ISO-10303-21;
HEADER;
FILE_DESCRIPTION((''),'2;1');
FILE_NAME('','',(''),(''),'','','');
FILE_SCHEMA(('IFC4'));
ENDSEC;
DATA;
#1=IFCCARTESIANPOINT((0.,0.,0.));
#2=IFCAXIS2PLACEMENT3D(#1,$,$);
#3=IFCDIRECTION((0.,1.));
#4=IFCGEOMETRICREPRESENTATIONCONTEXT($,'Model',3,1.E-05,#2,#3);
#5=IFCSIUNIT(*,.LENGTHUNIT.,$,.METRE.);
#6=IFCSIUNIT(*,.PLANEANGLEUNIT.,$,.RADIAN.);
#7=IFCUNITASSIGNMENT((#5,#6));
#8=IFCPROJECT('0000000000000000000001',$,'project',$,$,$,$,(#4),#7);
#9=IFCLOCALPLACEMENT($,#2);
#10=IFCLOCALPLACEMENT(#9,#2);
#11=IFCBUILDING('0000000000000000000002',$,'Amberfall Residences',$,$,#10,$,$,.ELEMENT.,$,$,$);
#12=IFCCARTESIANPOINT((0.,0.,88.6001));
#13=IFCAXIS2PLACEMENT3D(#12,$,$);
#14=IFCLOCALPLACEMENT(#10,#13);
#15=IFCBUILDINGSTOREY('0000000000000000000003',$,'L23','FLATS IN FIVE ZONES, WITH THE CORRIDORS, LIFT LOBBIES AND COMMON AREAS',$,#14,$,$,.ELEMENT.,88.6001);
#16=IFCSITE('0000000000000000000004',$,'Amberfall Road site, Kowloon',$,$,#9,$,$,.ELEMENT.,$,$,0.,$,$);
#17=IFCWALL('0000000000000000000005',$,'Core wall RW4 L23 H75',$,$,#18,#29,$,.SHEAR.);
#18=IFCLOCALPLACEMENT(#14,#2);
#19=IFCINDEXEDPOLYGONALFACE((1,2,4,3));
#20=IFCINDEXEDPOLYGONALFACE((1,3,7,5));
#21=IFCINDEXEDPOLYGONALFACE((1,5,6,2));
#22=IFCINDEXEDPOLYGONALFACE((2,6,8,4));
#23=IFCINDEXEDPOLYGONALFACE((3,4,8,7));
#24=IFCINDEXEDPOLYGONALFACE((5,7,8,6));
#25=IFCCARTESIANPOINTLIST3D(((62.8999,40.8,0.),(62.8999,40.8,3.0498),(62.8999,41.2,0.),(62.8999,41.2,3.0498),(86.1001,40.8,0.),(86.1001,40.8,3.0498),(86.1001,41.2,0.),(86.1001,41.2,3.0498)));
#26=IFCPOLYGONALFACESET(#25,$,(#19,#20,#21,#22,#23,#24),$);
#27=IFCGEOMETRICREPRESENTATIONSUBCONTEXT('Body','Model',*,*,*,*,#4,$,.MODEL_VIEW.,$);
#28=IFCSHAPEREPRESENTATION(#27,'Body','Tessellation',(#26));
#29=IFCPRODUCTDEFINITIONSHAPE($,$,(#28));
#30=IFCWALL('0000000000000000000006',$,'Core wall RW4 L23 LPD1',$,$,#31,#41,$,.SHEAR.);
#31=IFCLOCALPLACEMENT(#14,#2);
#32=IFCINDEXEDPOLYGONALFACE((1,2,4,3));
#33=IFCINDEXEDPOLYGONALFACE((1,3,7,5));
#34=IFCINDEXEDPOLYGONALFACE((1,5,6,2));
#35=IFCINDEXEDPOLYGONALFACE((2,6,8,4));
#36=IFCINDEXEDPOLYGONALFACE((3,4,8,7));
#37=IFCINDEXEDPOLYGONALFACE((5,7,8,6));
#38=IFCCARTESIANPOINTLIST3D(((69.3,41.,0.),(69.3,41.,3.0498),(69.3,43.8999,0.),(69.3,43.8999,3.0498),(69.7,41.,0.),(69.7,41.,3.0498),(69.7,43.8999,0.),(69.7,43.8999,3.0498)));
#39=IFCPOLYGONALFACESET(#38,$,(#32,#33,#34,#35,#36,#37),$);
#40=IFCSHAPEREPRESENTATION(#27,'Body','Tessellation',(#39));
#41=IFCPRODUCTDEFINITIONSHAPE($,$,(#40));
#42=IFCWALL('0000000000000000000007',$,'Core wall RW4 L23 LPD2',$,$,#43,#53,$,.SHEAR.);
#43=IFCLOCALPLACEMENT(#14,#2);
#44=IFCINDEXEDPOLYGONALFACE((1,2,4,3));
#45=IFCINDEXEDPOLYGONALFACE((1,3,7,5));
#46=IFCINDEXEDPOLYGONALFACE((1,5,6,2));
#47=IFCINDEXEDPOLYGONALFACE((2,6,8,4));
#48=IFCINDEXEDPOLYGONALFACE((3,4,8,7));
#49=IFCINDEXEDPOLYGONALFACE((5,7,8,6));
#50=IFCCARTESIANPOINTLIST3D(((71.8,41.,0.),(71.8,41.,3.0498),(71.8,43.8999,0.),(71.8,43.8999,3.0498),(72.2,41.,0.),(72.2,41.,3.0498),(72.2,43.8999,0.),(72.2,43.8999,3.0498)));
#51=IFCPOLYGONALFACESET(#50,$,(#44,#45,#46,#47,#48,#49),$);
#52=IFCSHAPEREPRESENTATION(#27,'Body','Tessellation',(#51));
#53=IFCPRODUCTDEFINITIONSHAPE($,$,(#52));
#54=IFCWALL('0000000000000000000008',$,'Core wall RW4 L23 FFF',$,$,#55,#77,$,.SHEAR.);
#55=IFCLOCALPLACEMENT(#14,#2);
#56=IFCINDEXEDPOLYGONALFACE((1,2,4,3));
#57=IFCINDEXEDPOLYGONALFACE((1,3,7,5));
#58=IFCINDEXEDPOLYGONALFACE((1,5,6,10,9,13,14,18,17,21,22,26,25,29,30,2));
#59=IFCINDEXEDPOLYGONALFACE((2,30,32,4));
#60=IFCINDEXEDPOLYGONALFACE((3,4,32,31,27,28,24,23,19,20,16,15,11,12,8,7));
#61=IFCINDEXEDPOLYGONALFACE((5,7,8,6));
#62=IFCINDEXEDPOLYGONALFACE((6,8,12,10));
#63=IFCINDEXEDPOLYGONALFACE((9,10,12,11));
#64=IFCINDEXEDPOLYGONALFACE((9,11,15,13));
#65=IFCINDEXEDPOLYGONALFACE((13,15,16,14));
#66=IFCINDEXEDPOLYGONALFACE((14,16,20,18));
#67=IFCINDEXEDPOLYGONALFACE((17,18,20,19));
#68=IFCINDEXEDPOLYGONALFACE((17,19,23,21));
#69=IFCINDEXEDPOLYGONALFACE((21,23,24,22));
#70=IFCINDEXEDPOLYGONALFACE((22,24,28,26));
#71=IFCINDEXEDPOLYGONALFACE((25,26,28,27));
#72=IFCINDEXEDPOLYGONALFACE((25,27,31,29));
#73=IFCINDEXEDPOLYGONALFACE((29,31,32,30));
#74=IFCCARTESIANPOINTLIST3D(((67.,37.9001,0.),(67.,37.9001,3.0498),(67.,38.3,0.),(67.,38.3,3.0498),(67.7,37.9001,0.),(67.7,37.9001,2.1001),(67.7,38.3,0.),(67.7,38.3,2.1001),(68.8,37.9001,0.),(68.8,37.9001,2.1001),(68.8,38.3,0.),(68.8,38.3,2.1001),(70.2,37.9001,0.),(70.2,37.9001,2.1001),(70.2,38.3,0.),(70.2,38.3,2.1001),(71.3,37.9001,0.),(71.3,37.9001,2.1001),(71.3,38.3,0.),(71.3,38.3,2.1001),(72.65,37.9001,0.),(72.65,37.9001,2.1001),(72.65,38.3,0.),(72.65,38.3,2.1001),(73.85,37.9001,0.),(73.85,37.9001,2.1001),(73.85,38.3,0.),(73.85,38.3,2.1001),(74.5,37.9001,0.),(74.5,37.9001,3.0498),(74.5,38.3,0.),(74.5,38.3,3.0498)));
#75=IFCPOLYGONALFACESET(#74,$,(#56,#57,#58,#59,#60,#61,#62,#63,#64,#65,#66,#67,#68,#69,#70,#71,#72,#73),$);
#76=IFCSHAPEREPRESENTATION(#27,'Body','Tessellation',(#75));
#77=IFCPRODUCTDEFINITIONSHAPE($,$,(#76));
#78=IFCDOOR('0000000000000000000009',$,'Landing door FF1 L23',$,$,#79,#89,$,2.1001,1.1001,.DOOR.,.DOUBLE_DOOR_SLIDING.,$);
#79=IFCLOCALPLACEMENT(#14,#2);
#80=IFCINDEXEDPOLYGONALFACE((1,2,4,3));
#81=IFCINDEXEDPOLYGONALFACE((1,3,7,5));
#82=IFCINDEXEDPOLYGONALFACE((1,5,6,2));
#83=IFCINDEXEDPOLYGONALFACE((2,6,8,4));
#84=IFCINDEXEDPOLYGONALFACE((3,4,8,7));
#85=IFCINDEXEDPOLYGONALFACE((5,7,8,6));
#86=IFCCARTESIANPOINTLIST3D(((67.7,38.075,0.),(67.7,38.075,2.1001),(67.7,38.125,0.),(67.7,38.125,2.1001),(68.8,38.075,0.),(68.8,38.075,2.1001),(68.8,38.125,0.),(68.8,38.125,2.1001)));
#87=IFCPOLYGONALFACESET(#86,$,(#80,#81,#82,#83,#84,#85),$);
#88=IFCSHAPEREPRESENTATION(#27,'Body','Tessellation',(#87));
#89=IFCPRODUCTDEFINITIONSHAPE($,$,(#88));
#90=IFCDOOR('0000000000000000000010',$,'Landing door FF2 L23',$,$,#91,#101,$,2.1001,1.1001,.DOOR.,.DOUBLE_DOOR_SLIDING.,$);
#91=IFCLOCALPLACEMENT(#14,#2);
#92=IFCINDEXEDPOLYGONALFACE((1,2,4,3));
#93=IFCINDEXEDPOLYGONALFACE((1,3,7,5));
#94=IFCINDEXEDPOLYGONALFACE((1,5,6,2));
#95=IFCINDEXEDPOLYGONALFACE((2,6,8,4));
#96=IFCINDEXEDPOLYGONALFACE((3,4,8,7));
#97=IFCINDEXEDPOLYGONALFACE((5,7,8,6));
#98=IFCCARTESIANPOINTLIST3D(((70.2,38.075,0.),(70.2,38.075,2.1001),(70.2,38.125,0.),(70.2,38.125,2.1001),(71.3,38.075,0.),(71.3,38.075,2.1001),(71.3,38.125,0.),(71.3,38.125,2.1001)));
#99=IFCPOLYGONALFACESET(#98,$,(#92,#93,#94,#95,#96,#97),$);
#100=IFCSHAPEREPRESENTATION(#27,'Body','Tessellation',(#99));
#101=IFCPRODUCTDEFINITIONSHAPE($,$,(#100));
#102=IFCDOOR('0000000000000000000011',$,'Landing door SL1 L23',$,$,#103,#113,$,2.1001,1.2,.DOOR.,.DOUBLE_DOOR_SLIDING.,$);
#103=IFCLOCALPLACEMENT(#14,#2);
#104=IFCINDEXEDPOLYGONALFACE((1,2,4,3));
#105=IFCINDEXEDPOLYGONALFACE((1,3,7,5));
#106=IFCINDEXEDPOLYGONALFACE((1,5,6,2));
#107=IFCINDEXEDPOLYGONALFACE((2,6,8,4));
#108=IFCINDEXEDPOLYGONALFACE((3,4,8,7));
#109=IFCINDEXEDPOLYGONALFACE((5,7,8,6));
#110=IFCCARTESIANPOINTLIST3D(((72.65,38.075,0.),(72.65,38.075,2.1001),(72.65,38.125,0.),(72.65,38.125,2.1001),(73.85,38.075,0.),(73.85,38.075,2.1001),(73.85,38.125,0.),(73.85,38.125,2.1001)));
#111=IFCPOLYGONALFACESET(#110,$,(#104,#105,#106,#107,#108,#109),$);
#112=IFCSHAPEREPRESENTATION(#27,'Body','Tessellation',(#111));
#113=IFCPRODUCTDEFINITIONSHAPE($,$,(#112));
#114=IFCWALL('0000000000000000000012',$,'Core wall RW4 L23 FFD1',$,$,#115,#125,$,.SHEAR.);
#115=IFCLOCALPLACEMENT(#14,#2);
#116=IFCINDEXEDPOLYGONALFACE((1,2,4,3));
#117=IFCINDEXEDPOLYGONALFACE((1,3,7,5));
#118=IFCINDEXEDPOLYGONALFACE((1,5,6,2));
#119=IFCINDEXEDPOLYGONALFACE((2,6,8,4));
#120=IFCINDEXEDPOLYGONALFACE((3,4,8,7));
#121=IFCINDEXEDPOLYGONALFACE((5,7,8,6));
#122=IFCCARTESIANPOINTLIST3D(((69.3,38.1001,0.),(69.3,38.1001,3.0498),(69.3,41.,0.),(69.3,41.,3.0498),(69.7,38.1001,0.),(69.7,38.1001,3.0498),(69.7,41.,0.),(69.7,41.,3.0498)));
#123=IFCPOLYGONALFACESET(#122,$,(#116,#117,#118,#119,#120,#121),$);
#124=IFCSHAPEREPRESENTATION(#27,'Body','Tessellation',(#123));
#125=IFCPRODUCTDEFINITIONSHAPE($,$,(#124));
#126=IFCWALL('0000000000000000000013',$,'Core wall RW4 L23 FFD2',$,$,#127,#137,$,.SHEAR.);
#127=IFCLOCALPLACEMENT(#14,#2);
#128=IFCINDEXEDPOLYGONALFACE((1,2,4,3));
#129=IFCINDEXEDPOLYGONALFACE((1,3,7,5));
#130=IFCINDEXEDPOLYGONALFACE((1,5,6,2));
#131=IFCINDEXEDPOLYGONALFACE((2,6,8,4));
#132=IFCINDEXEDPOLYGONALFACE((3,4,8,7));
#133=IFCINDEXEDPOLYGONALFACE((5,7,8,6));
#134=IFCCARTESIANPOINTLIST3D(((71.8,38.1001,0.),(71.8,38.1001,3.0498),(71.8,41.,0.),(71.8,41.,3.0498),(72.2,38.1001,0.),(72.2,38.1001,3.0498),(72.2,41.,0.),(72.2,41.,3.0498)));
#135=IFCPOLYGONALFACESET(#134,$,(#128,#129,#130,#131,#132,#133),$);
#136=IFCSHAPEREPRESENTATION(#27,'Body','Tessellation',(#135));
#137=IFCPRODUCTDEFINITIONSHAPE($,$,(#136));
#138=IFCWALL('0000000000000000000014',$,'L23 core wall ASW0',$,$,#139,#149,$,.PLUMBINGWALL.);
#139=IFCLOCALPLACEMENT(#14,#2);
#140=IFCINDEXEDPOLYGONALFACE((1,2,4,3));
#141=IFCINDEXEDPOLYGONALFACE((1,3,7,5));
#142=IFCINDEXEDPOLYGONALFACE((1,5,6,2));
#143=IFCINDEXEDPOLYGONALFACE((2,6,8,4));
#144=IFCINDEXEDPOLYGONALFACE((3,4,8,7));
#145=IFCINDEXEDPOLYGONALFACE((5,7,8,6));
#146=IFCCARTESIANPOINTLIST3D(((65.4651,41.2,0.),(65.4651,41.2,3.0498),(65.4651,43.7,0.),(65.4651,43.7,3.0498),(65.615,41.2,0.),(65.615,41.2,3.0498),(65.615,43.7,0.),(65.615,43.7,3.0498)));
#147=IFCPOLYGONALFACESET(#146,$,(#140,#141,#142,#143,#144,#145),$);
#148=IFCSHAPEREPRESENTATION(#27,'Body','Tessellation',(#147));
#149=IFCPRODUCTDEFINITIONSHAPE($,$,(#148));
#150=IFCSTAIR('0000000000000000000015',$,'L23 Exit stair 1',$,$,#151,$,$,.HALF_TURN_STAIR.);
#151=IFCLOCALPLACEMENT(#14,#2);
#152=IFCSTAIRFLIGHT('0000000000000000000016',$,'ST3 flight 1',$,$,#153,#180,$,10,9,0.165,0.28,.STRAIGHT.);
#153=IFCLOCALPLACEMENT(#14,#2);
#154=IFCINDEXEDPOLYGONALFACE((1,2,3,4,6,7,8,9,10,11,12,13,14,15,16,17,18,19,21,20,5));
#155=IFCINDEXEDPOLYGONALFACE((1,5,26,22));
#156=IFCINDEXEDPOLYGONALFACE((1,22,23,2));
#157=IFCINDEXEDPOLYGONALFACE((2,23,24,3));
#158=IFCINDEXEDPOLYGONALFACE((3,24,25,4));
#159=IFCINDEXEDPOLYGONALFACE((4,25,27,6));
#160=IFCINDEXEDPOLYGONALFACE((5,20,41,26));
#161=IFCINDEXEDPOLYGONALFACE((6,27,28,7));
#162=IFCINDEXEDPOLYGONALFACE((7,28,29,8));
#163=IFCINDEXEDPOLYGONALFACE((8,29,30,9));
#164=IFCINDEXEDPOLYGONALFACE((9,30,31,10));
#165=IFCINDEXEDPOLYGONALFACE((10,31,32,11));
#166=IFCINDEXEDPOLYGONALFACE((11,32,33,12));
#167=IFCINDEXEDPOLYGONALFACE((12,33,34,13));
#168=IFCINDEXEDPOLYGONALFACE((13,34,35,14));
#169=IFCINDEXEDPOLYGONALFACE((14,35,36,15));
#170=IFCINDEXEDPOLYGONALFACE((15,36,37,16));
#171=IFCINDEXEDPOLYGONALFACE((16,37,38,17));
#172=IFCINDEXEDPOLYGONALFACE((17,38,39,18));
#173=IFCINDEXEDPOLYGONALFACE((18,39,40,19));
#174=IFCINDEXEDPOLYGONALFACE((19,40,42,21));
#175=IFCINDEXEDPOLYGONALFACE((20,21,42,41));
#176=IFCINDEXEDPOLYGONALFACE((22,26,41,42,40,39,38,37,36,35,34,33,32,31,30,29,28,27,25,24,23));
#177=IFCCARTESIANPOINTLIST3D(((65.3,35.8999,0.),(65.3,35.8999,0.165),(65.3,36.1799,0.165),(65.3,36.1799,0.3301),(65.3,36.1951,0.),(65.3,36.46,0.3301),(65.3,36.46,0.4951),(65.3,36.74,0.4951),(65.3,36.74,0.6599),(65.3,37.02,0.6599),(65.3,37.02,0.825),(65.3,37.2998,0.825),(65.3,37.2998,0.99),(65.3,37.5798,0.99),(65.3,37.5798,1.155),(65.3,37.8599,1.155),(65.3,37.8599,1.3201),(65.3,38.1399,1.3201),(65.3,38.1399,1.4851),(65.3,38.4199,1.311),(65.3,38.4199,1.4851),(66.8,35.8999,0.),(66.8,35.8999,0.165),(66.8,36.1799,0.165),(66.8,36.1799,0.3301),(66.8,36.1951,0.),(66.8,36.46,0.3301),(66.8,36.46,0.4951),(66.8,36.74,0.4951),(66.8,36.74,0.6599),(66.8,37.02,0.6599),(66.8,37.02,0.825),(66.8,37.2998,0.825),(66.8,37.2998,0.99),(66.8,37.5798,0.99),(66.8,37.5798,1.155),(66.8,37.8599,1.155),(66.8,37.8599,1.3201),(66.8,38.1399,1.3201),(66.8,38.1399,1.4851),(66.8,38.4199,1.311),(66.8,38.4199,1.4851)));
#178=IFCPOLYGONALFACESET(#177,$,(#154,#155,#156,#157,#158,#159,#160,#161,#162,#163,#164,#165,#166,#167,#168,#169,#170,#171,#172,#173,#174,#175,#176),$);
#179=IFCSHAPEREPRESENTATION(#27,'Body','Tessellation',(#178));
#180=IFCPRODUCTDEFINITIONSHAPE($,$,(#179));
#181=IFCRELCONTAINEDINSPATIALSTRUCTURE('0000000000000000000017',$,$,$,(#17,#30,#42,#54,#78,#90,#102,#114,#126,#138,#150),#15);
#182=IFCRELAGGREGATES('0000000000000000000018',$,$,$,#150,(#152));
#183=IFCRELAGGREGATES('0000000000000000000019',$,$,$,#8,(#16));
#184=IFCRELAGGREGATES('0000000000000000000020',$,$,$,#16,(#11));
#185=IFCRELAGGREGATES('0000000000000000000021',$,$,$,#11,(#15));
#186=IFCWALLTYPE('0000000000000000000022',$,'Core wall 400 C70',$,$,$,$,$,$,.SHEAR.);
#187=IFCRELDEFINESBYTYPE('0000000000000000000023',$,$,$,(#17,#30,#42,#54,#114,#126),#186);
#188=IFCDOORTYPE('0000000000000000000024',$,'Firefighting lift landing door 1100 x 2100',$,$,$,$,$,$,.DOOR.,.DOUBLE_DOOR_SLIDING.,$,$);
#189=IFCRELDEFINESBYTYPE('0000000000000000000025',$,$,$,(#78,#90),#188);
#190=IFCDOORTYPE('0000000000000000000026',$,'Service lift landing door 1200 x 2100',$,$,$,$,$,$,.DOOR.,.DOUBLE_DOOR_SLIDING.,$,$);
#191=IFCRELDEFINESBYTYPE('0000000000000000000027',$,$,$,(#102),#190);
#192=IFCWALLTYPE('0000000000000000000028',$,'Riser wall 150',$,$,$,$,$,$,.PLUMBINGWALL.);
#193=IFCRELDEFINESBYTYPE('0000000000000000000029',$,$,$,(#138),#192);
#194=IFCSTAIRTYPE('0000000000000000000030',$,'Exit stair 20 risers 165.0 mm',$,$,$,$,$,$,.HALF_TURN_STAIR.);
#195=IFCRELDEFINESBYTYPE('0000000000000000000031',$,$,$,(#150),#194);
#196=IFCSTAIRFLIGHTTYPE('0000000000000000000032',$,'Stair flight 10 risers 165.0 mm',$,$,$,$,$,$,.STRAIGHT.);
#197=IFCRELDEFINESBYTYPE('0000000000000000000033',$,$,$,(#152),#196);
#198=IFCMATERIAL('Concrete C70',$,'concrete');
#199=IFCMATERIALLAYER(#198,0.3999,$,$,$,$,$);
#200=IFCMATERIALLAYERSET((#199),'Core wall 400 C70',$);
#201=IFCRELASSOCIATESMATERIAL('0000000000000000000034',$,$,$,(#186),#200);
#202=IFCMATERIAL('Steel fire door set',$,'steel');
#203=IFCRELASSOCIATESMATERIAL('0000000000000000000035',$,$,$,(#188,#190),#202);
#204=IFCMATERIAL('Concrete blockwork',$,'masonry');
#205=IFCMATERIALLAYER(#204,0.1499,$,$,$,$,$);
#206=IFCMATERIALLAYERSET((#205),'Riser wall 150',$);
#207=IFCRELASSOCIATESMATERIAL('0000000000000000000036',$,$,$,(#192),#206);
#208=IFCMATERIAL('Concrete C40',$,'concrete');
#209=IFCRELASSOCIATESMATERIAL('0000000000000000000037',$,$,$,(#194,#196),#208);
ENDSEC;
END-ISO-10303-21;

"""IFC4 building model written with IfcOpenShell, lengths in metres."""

from ifc_helpers import new_model, si_unit, direction, frame, frame_2d, origin, place, context, subcontext, project, spatial, polyline, rectangle, outline, extrude, material, layer, layer_set, type_object, element, fill, aggregate, save


model = new_model("IFC4")

# Units and contexts
model_context = context("Model", 3, precision=1e-05, world=origin(), true_north=direction((0.0, 1.0)))
body_context = subcontext(model_context, "Body", "Model", "MODEL_VIEW")
ifc_project = project(units=[si_unit("LENGTHUNIT", "METRE"), si_unit("PLANEANGLEUNIT", "RADIAN")], contexts=[model_context])

# Site, building, storey
site_placement = place(None, origin())
site = spatial("IfcSite", under=ifc_project, at=site_placement, Name="Amberfall Road site, Kowloon", CompositionType="ELEMENT", RefElevation=0.0)
building_placement = place(site_placement, origin())
building = spatial("IfcBuilding", under=site, at=building_placement, Name="Amberfall Residences", CompositionType="ELEMENT")
storey_placement = place(building_placement, frame((0.0, 0.0, 88.6001)))
storey = spatial("IfcBuildingStorey", under=building, at=storey_placement, Name="L23", Description="FLATS IN FIVE ZONES, WITH THE CORRIDORS, LIFT LOBBIES AND COMMON AREAS", CompositionType="ELEMENT", Elevation=88.6001)

# Walls
ifc_material_1 = material(Name="Concrete C70", Category="concrete")
ifc_layer_1 = layer(ifc_material_1, 0.3999)
ifc_layer_set_1 = layer_set([ifc_layer_1], Name="Core wall 400 C70")
wall_type_1 = type_object("IfcWallType", Name="Core wall 400 C70", PredefinedType="SHEAR", material=ifc_layer_set_1)
wall_1_placement = place(storey_placement, frame((62.8999, 41.0, 0.0), z_axis=(0.0, 0.0, 1.0), x_axis=(1.0, 0.0, 0.0)))
element("IfcWall", 1, at=wall_1_placement, inside=storey, type_object=wall_type_1, Name="Core wall RW4 L23 H75", PredefinedType="SHEAR", context=body_context, shape_type="SweptSolid", body=[
    extrude(rectangle(XDim=23.2002, YDim=0.3999, at=frame_2d((11.6001, 0.0))), origin(), (0.0, 0.0, 1.0), 3.0498),
])
for number, where, z_axis, x_axis, name in (
    (2, (69.5, 41.0, 0.0), (0.0, 0.0, 1.0), (0.0, 1.0, 0.0), "Core wall RW4 L23 LPD1"),
    (3, (72.0, 41.0, 0.0), (0.0, 0.0, 1.0), (0.0, 1.0, 0.0), "Core wall RW4 L23 LPD2"),
):
    element("IfcWall", number, at=place(storey_placement, frame(where, z_axis=z_axis, x_axis=x_axis)), inside=storey, type_object=wall_type_1, Name=name, PredefinedType="SHEAR", context=body_context, shape_type="SweptSolid", body=[
        extrude(rectangle(XDim=2.8999, YDim=0.3999, at=frame_2d((1.45, 0.0))), origin(), (0.0, 0.0, 1.0), 3.0498),
    ])

# Wall, openings, doors
wall_2_placement = place(storey_placement, frame((67.0, 38.1001, 0.0), z_axis=(0.0, 0.0, 1.0), x_axis=(1.0, 0.0, 0.0)))
wall_2 = element("IfcWall", 4, at=wall_2_placement, inside=storey, type_object=wall_type_1, Name="Core wall RW4 L23 FFF", PredefinedType="SHEAR", context=body_context, shape_type="SweptSolid", body=[
    extrude(rectangle(XDim=7.5, YDim=0.3999, at=frame_2d((3.75, 0.0))), origin(), (0.0, 0.0, 1.0), 3.0498),
])
opening_1_placement = place(wall_2_placement, frame((0.7, 0.0, 0.0)))
opening_1 = element("IfcOpeningElement", 5, at=opening_1_placement, cuts=wall_2, PredefinedType="OPENING", context=body_context, shape_type="SweptSolid", body=[
    extrude(rectangle(XDim=1.1001, YDim=2.1001, at=frame_2d((0.55, 1.05))), frame((0.0, 0.21, 0.0), z_axis=(0.0, -1.0, 0.0), x_axis=(1.0, 0.0, 0.0)), (0.0, 0.0, 1.0), 0.4199),
])
opening_2_placement = place(wall_2_placement, frame((3.2, 0.0, 0.0)))
opening_2 = element("IfcOpeningElement", 6, at=opening_2_placement, cuts=wall_2, PredefinedType="OPENING", context=body_context, shape_type="SweptSolid", body=[
    extrude(rectangle(XDim=1.1001, YDim=2.1001, at=frame_2d((0.55, 1.05))), frame((0.0, 0.21, 0.0), z_axis=(0.0, -1.0, 0.0), x_axis=(1.0, 0.0, 0.0)), (0.0, 0.0, 1.0), 0.4199),
])
opening_3_placement = place(wall_2_placement, frame((5.6499, 0.0, 0.0)))
opening_3 = element("IfcOpeningElement", 7, at=opening_3_placement, cuts=wall_2, PredefinedType="OPENING", context=body_context, shape_type="SweptSolid", body=[
    extrude(rectangle(XDim=1.2, YDim=2.1001, at=frame_2d((0.6001, 1.05))), frame((0.0, 0.21, 0.0), z_axis=(0.0, -1.0, 0.0), x_axis=(1.0, 0.0, 0.0)), (0.0, 0.0, 1.0), 0.4199),
])
ifc_material_2 = material(Name="Steel fire door set", Category="steel")
door_type_1 = type_object("IfcDoorType", Name="Firefighting lift landing door 1100 x 2100", OperationType="DOUBLE_DOOR_SLIDING", PredefinedType="DOOR", material=ifc_material_2)
door_1_placement = place(opening_1_placement, origin())
door_1 = element("IfcDoor", 8, at=door_1_placement, inside=storey, type_object=door_type_1, Name="Landing door FF1 L23", OperationType="DOUBLE_DOOR_SLIDING", OverallHeight=2.1001, OverallWidth=1.1001, PredefinedType="DOOR", context=body_context, shape_type="SweptSolid", body=[
    extrude(rectangle(XDim=1.1001, YDim=2.1001, at=frame_2d((0.55, 1.05))), frame((0.0, 0.0249, 0.0), z_axis=(0.0, -1.0, 0.0), x_axis=(1.0, 0.0, 0.0)), (0.0, 0.0, 1.0), 0.05),
])
fill(opening_1, door_1)
door_2_placement = place(opening_2_placement, origin())
door_2 = element("IfcDoor", 9, at=door_2_placement, inside=storey, type_object=door_type_1, Name="Landing door FF2 L23", OperationType="DOUBLE_DOOR_SLIDING", OverallHeight=2.1001, OverallWidth=1.1001, PredefinedType="DOOR", context=body_context, shape_type="SweptSolid", body=[
    extrude(rectangle(XDim=1.1001, YDim=2.1001, at=frame_2d((0.55, 1.05))), frame((0.0, 0.0249, 0.0), z_axis=(0.0, -1.0, 0.0), x_axis=(1.0, 0.0, 0.0)), (0.0, 0.0, 1.0), 0.05),
])
fill(opening_2, door_2)
door_type_2 = type_object("IfcDoorType", Name="Service lift landing door 1200 x 2100", OperationType="DOUBLE_DOOR_SLIDING", PredefinedType="DOOR", material=ifc_material_2)
door_3_placement = place(opening_3_placement, origin())
door_3 = element("IfcDoor", 10, at=door_3_placement, inside=storey, type_object=door_type_2, Name="Landing door SL1 L23", OperationType="DOUBLE_DOOR_SLIDING", OverallHeight=2.1001, OverallWidth=1.2, PredefinedType="DOOR", context=body_context, shape_type="SweptSolid", body=[
    extrude(rectangle(XDim=1.2, YDim=2.1001, at=frame_2d((0.6001, 1.05))), frame((0.0, 0.0249, 0.0), z_axis=(0.0, -1.0, 0.0), x_axis=(1.0, 0.0, 0.0)), (0.0, 0.0, 1.0), 0.05),
])
fill(opening_3, door_3)

# Walls
for number, where, z_axis, x_axis, name in (
    (11, (69.5, 38.1001, 0.0), (0.0, 0.0, 1.0), (0.0, 1.0, 0.0), "Core wall RW4 L23 FFD1"),
    (12, (72.0, 38.1001, 0.0), (0.0, 0.0, 1.0), (0.0, 1.0, 0.0), "Core wall RW4 L23 FFD2"),
):
    element("IfcWall", number, at=place(storey_placement, frame(where, z_axis=z_axis, x_axis=x_axis)), inside=storey, type_object=wall_type_1, Name=name, PredefinedType="SHEAR", context=body_context, shape_type="SweptSolid", body=[
        extrude(rectangle(XDim=2.8999, YDim=0.3999, at=frame_2d((1.45, 0.0))), origin(), (0.0, 0.0, 1.0), 3.0498),
    ])
ifc_material_3 = material(Name="Concrete blockwork", Category="masonry")
ifc_layer_2 = layer(ifc_material_3, 0.1499)
ifc_layer_set_2 = layer_set([ifc_layer_2], Name="Riser wall 150")
wall_type_2 = type_object("IfcWallType", Name="Riser wall 150", PredefinedType="PLUMBINGWALL", material=ifc_layer_set_2)
wall_3_placement = place(storey_placement, frame((65.54, 41.2, 0.0), z_axis=(0.0, 0.0, 1.0), x_axis=(0.0, 1.0, 0.0)))
element("IfcWall", 13, at=wall_3_placement, inside=storey, type_object=wall_type_2, Name="L23 core wall ASW0", PredefinedType="PLUMBINGWALL", context=body_context, shape_type="SweptSolid", body=[
    extrude(rectangle(XDim=2.5, YDim=0.1499, at=frame_2d((1.25, 0.0))), origin(), (0.0, 0.0, 1.0), 3.0498),
])

# Stair, stair flight
ifc_material_4 = material(Name="Concrete C40", Category="concrete")
stair_type = type_object("IfcStairType", Name="Exit stair 20 risers 165.0 mm", PredefinedType="HALF_TURN_STAIR", material=ifc_material_4)
stair_placement = place(storey_placement, origin())
stair = element("IfcStair", 14, at=stair_placement, inside=storey, type_object=stair_type, Name="L23 Exit stair 1", PredefinedType="HALF_TURN_STAIR")
stair_flight_type = type_object("IfcStairFlightType", Name="Stair flight 10 risers 165.0 mm", PredefinedType="STRAIGHT", material=ifc_material_4)
stair_flight_1_placement = place(storey_placement, frame((66.05, 35.8999, 0.0), z_axis=(0.0, 0.0, 1.0), x_axis=(0.0, 1.0, 0.0)))
stair_flight_1 = element("IfcStairFlight", 15, at=stair_flight_1_placement, type_object=stair_flight_type, Name="ST3 flight 1", NumberOfRisers=10, NumberOfTreads=9, PredefinedType="STRAIGHT", RiserHeight=0.165, TreadLength=0.28, context=body_context, shape_type="SweptSolid", body=[
    extrude(outline(polyline([(0.0, 0.0), (0.0, 0.165), (0.28, 0.165), (0.28, 0.3301), (0.5601, 0.3301), (0.5601, 0.4951), (0.8401, 0.4951), (0.8401, 0.6599), (1.1201, 0.6599), (1.1201, 0.825), (1.3999, 0.825), (1.3999, 0.99), (1.6799, 0.99), (1.6799, 1.155), (1.96, 1.155), (1.96, 1.3201), (2.24, 1.3201), (2.24, 1.4851), (2.52, 1.4851), (2.52, 1.6499), (2.52, 1.311), (0.2952, 0.0), (0.0, 0.0)])), frame((0.0, 0.75, 0.0), z_axis=(0.0, -1.0, 0.0), x_axis=(1.0, 0.0, 0.0)), (0.0, 0.0, 1.0), 1.5),
])
aggregate(stair, [stair_flight_1])

save(model, "model.ifc")
